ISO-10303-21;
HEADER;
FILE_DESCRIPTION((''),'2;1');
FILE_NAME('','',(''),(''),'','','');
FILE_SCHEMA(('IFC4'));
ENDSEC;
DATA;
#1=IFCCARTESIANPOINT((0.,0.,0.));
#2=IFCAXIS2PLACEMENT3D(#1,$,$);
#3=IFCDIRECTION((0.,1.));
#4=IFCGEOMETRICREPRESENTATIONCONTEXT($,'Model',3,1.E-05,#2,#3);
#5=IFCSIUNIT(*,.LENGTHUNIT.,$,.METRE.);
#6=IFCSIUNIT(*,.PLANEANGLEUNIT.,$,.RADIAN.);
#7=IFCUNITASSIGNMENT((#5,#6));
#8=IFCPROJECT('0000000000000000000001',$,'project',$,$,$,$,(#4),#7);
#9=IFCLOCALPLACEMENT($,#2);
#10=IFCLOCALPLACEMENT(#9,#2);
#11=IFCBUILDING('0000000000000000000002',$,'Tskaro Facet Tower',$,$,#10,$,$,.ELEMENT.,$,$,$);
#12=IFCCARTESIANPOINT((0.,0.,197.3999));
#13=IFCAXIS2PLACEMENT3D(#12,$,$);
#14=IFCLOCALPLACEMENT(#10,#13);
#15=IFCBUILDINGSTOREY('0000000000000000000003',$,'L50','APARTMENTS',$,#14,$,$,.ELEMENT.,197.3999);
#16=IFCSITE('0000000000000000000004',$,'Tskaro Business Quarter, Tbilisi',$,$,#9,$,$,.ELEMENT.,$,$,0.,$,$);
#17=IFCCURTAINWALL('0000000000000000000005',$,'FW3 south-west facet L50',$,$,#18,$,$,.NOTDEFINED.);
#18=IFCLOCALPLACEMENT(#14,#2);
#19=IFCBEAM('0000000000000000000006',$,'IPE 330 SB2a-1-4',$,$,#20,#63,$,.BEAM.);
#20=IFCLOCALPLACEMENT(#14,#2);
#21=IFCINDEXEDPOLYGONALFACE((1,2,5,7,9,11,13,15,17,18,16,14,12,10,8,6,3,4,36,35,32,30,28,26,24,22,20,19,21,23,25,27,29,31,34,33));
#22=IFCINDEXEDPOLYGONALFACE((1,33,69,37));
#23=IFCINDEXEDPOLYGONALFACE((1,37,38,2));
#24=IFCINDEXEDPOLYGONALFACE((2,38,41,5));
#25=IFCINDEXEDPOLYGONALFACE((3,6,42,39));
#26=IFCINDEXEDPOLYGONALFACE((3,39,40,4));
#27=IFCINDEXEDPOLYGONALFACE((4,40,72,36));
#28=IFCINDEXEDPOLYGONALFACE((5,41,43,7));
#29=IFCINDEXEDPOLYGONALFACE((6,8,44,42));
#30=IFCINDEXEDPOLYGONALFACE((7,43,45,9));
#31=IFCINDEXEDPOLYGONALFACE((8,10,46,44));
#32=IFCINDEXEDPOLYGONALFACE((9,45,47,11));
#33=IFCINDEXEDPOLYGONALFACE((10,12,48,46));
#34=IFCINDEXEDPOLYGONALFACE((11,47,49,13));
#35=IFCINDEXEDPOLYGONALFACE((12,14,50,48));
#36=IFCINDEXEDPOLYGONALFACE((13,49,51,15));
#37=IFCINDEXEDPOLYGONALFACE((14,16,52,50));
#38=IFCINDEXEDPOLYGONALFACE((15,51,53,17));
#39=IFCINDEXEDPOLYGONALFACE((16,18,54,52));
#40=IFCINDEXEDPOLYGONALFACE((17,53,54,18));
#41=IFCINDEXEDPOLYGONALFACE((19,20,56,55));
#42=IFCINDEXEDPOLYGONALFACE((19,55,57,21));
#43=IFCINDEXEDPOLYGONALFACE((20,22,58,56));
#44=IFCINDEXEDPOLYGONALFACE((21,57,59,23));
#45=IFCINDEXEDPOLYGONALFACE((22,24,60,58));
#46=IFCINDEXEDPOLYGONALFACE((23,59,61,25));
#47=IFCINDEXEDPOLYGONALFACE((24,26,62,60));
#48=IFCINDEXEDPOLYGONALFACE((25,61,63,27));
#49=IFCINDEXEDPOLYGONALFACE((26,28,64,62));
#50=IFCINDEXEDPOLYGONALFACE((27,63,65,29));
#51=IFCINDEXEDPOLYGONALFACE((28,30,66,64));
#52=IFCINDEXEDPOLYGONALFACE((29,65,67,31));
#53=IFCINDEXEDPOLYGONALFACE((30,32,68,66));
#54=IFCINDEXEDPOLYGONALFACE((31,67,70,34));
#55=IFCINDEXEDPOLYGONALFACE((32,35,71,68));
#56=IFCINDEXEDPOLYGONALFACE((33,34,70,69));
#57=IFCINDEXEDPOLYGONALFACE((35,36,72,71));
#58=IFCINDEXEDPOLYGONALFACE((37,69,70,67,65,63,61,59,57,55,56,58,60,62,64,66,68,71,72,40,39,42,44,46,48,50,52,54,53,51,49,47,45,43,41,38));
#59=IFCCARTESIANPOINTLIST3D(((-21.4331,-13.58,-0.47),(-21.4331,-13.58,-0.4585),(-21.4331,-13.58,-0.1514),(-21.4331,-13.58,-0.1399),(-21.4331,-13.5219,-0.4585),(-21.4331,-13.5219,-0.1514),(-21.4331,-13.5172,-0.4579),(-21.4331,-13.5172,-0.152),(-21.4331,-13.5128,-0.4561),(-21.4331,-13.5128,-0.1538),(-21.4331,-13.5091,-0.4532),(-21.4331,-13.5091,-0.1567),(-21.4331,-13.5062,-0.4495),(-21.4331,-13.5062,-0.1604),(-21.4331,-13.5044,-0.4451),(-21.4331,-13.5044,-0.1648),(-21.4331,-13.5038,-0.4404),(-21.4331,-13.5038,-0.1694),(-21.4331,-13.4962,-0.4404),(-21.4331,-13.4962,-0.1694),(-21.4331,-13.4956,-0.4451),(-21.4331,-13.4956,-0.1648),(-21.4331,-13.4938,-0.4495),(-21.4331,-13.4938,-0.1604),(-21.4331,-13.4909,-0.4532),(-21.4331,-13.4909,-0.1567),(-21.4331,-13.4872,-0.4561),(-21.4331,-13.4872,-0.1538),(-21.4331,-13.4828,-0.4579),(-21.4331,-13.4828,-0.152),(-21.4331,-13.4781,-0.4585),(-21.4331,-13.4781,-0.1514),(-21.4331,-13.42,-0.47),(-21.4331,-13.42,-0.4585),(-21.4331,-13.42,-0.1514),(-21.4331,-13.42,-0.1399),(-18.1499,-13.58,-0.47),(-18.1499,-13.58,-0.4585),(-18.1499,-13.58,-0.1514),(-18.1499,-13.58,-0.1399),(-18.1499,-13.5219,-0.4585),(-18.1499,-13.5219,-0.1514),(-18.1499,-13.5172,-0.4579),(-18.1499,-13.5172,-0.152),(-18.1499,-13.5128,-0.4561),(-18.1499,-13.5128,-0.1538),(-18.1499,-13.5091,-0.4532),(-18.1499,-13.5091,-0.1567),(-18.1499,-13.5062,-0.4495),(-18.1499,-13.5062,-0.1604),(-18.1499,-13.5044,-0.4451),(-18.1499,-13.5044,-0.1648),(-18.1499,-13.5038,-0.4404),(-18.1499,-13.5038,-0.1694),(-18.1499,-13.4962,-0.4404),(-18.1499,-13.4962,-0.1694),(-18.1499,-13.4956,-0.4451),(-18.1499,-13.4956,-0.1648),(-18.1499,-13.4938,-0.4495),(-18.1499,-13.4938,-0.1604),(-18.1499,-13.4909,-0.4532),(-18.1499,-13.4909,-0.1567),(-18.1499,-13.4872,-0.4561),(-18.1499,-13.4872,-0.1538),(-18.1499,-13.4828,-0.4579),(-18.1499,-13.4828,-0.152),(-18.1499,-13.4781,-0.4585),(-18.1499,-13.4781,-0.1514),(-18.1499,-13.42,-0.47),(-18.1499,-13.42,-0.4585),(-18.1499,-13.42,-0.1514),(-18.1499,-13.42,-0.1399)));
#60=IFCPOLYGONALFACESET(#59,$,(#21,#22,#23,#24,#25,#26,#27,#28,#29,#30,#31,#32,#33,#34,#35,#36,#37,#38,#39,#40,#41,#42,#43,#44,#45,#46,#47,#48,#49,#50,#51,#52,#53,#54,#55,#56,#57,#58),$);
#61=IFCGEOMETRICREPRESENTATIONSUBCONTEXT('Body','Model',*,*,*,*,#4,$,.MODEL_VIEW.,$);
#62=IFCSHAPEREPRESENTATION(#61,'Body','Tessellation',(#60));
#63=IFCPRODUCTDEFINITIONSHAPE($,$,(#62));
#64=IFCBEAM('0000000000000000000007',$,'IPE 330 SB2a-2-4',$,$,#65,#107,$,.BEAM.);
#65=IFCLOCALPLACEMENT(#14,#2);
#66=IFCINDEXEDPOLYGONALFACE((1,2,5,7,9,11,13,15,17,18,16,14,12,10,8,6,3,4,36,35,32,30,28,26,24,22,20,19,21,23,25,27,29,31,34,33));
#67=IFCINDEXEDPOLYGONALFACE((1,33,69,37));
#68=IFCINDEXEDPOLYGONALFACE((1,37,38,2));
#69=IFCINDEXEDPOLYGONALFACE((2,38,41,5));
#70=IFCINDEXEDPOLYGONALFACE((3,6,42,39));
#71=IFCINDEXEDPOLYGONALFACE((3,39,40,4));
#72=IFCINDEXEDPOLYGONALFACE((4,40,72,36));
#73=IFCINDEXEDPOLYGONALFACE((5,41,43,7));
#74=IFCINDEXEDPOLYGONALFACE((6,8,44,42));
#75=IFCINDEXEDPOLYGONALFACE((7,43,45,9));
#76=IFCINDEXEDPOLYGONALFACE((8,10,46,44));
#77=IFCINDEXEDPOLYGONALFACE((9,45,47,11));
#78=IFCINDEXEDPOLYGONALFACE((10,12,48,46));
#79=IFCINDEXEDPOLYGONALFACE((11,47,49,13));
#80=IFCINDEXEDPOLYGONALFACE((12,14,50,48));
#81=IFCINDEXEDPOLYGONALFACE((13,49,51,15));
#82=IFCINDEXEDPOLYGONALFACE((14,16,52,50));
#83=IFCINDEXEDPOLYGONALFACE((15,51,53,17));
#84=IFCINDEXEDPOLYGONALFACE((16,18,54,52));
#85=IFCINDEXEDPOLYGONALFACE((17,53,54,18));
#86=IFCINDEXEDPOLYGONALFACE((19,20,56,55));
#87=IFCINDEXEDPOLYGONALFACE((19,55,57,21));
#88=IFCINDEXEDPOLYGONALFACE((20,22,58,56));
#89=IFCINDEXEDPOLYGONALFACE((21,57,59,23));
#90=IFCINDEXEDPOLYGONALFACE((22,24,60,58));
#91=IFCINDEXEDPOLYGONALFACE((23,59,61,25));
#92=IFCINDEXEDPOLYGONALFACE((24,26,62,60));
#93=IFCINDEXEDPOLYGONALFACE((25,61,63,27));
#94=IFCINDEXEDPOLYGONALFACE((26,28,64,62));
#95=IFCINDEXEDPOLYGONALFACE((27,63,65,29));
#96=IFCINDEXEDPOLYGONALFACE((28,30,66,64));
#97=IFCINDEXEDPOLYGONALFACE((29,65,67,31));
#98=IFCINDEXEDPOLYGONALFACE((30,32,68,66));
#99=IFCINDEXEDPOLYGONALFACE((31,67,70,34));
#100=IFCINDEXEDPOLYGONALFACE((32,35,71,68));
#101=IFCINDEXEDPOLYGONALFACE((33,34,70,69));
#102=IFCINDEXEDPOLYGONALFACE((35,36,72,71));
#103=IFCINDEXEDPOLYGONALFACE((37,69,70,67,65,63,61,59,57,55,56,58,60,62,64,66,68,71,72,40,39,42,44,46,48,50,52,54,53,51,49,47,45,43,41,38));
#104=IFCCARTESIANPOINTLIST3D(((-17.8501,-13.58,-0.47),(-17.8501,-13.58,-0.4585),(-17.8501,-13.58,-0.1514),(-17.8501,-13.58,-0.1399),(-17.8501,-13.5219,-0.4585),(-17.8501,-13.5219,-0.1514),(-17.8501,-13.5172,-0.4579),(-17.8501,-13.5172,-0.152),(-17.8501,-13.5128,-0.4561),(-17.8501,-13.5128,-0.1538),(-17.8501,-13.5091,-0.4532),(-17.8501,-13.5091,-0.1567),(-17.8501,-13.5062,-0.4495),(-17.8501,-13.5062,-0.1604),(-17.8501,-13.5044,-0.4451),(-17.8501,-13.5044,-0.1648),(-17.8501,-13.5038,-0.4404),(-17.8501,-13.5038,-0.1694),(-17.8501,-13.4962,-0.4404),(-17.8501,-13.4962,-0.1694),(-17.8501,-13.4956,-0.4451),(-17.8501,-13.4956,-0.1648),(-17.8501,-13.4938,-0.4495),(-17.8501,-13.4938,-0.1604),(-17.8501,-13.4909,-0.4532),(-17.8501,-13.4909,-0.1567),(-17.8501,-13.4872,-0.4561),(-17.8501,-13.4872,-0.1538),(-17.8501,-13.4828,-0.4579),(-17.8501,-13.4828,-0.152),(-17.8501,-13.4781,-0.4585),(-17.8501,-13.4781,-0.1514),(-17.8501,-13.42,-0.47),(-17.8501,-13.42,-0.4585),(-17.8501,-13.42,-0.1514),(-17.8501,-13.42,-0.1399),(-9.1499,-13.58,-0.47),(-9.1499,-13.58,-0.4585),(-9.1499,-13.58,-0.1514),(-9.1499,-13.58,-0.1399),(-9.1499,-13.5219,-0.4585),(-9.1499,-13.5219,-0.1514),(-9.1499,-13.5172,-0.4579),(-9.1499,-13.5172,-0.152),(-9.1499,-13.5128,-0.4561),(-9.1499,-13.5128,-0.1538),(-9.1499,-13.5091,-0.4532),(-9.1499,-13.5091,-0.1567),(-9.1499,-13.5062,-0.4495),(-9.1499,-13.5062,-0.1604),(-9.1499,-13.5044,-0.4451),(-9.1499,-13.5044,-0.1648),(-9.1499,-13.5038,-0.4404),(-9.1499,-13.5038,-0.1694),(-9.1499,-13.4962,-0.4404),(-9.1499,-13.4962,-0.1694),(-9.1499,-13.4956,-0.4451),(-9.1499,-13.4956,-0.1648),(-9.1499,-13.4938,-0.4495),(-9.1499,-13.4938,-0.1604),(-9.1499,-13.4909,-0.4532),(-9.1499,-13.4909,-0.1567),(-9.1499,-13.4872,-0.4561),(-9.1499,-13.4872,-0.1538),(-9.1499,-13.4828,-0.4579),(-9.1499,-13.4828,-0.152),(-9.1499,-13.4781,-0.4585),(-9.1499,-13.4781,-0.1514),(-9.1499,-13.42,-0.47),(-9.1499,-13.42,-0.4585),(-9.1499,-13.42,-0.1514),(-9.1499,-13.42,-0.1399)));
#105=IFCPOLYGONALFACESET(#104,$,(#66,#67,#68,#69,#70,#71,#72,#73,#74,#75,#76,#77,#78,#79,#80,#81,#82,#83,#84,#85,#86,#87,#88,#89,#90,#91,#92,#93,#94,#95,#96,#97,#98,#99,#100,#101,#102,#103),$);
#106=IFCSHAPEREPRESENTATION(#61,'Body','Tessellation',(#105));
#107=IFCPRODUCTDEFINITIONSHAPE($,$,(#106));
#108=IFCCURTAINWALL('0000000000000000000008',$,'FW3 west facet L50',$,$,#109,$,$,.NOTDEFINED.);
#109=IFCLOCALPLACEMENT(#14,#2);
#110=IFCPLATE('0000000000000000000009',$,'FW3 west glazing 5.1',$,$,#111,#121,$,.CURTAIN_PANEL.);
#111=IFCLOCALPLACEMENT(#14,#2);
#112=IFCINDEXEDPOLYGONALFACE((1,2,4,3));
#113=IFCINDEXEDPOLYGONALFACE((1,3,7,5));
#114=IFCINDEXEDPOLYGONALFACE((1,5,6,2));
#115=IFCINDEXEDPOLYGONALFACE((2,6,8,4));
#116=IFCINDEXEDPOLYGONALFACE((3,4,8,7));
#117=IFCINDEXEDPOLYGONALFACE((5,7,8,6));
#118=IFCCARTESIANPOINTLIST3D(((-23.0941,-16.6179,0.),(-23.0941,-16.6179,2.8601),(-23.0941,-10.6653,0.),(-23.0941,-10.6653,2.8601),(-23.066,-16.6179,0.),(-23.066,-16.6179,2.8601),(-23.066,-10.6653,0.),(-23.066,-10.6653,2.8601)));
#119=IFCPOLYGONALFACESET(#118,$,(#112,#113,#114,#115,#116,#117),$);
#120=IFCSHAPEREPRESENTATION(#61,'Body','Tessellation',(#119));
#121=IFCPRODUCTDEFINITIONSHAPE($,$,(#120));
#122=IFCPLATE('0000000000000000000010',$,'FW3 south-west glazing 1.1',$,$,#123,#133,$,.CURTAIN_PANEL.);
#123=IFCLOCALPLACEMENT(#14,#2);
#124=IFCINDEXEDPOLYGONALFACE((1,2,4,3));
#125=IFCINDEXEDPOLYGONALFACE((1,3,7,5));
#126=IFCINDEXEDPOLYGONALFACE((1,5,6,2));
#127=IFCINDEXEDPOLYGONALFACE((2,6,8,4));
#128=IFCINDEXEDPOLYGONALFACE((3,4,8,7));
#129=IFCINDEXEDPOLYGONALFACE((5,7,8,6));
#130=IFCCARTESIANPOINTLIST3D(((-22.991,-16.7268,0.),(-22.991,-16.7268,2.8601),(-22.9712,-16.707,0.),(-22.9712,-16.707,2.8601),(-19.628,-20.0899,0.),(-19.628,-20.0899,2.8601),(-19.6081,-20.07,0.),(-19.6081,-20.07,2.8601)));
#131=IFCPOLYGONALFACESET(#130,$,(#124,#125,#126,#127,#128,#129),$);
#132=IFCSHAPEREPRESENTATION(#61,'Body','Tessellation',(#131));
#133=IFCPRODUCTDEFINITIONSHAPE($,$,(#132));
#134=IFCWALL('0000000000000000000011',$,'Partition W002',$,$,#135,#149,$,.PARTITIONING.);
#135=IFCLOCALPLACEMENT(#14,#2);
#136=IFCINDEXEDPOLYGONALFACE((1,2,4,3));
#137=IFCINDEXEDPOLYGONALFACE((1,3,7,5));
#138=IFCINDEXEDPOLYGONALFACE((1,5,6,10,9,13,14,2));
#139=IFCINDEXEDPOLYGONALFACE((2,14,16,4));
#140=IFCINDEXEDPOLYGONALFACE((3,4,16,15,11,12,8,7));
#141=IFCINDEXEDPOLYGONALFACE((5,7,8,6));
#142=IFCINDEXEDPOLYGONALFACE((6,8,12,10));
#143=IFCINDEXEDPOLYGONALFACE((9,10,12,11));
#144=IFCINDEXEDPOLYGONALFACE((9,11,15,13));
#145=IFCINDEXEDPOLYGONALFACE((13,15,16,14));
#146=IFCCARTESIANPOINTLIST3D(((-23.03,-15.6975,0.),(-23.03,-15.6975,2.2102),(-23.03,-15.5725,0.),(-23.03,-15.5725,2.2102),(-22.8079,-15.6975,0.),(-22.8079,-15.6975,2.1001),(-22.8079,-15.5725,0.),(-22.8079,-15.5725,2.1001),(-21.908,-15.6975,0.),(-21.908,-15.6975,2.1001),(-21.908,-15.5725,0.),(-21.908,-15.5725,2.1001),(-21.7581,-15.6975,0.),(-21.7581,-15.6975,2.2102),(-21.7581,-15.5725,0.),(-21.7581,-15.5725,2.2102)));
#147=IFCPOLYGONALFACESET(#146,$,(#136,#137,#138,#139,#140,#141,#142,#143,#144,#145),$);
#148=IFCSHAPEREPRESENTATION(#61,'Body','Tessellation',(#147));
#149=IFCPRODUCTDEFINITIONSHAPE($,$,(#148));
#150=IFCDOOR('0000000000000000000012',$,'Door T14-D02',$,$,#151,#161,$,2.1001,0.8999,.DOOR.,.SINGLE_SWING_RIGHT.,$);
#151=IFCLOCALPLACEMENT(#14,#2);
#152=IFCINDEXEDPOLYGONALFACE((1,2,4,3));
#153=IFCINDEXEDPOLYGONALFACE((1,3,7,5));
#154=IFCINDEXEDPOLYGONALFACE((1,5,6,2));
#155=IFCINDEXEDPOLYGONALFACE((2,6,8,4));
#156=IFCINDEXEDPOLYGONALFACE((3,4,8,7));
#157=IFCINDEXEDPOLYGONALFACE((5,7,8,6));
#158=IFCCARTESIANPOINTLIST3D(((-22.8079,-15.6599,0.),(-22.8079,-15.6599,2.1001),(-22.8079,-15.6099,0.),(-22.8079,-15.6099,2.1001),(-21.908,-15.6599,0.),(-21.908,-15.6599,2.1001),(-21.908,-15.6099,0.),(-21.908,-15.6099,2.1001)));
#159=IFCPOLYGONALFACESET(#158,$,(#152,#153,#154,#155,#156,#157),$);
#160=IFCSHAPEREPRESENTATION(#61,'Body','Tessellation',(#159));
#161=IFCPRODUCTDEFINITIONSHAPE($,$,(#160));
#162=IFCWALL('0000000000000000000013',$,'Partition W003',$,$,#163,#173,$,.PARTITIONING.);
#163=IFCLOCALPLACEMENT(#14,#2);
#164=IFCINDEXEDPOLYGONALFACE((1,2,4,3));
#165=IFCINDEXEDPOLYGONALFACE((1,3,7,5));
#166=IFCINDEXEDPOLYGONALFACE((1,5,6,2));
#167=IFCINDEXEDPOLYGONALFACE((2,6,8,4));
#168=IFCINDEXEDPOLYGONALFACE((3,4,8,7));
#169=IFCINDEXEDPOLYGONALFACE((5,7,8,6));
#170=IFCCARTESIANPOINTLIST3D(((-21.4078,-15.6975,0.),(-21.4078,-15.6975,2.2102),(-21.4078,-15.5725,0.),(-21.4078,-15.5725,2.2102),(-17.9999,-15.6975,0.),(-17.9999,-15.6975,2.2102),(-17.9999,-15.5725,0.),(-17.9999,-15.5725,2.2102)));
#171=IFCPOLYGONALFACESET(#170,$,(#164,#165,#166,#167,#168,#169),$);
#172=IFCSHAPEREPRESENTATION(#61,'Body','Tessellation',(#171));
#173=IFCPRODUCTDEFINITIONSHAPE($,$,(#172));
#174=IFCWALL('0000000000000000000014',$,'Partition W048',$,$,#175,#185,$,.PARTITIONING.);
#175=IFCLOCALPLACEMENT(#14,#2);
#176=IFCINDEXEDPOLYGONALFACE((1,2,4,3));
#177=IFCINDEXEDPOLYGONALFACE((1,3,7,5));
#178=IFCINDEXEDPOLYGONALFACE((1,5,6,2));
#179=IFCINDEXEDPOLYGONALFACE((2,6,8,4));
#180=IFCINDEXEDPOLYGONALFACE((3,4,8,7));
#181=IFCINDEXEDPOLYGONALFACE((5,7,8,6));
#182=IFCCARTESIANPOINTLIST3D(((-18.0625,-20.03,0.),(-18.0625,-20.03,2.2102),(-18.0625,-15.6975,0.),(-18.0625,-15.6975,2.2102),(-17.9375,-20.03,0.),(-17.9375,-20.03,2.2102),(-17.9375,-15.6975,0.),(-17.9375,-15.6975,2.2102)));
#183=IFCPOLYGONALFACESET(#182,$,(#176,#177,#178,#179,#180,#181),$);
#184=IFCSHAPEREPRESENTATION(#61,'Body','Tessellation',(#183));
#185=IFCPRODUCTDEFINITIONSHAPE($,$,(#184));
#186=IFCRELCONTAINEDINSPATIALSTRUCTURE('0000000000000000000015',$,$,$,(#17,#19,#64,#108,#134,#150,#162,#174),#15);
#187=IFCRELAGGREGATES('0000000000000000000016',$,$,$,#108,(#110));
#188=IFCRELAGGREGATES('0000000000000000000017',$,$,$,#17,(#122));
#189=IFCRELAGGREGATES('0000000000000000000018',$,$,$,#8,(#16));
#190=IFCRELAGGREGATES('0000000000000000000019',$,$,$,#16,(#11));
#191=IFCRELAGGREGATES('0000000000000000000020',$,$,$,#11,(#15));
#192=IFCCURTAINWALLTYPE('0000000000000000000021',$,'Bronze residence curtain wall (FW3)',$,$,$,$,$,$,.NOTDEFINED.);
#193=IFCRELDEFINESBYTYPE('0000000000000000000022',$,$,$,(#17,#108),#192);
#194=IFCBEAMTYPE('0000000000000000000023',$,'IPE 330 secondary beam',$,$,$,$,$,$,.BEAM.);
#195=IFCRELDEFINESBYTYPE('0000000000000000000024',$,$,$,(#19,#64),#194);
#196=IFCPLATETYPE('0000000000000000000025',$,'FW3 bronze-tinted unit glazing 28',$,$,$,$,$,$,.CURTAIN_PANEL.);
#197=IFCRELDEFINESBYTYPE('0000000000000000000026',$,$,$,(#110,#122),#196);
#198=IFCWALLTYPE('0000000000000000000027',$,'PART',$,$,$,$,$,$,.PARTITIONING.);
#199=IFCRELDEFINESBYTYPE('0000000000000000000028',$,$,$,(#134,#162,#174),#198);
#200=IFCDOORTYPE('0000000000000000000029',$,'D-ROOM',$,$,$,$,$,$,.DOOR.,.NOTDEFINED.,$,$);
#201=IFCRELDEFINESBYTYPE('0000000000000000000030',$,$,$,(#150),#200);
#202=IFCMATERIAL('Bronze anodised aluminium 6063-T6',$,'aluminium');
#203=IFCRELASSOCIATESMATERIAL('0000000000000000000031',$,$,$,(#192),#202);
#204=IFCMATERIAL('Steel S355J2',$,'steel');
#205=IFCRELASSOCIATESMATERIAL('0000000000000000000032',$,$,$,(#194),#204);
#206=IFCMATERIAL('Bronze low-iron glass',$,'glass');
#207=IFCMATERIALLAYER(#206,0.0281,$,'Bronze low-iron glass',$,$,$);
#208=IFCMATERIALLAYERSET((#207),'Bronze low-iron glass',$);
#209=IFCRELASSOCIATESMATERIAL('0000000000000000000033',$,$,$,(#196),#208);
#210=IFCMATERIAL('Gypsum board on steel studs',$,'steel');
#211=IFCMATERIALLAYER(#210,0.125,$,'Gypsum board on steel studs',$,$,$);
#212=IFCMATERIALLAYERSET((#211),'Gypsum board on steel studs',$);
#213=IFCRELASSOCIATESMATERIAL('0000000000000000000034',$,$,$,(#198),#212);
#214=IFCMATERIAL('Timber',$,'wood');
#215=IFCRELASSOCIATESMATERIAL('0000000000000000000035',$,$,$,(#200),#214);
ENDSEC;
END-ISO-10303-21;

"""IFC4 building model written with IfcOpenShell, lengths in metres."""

from ifc_helpers import new_model, si_unit, direction, frame, frame_2d, origin, origin_2d, place, context, subcontext, project, spatial, rectangle, i_section, extrude, material, layer, layer_set, material_profile, profile_set, type_object, element, fill, aggregate, save


model = new_model("IFC4")

# Units and contexts
model_context = context("Model", 3, precision=1e-05, world=origin(), true_north=direction((0.0, 1.0)))
body_context = subcontext(model_context, "Body", "Model", "MODEL_VIEW")
ifc_project = project(units=[si_unit("LENGTHUNIT", "METRE"), si_unit("PLANEANGLEUNIT", "RADIAN")], contexts=[model_context])

# Site, building, storey
site_placement = place(None, origin())
site = spatial("IfcSite", under=ifc_project, at=site_placement, Name="Tskaro Business Quarter, Tbilisi", CompositionType="ELEMENT", RefElevation=0.0)
building_placement = place(site_placement, origin())
building = spatial("IfcBuilding", under=site, at=building_placement, Name="Tskaro Facet Tower", CompositionType="ELEMENT")
storey_placement = place(building_placement, frame((0.0, 0.0, 197.3999)))
storey = spatial("IfcBuildingStorey", under=building, at=storey_placement, Name="L50", Description="APARTMENTS", CompositionType="ELEMENT", Elevation=197.3999)

# Curtain wall
ifc_material_1 = material(Name="Bronze anodised aluminium 6063-T6", Category="aluminium")
curtain_wall_type = type_object("IfcCurtainWallType", Name="Bronze residence curtain wall (FW3)", PredefinedType="NOTDEFINED", material=ifc_material_1)
curtain_wall_1_placement = place(storey_placement, origin())
curtain_wall_1 = element("IfcCurtainWall", 1, at=curtain_wall_1_placement, inside=storey, type_object=curtain_wall_type, Name="FW3 south-west facet L50", PredefinedType="NOTDEFINED")

# Beams
ifc_material_2 = material(Name="Steel S355J2", Category="steel")
ifc_material_profile_1 = material_profile(ifc_material_2, i_section(OverallWidth=0.1599, OverallDepth=0.3301, WebThickness=0.0076, FlangeThickness=0.0115, FilletRadius=0.0181, at=origin_2d()), Name="IPE 330")
ifc_profile_set_1 = profile_set([ifc_material_profile_1], Name="Steel S355J2")
beam_type_1 = type_object("IfcBeamType", Name="IPE 330 secondary beam", PredefinedType="BEAM", material=ifc_profile_set_1)
beam_1_placement = place(storey_placement, frame((-21.4331, -13.5, -0.3049), z_axis=(1.0, 0.0, 0.0), x_axis=(0.0, 1.0, 0.0)))
element("IfcBeam", 2, at=beam_1_placement, inside=storey, type_object=beam_type_1, Name="IPE 330 SB2a-1-4", PredefinedType="BEAM", context=body_context, shape_type="SweptSolid", body=[
    extrude(i_section(OverallWidth=0.1599, OverallDepth=0.3301, WebThickness=0.0076, FlangeThickness=0.0115, FilletRadius=0.0181, at=origin_2d()), origin(), (0.0, 0.0, 1.0), 3.2832),
])
beam_2_placement = place(storey_placement, frame((-17.8501, -13.5, -0.3049), z_axis=(1.0, 0.0, 0.0), x_axis=(0.0, 1.0, 0.0)))
element("IfcBeam", 3, at=beam_2_placement, inside=storey, type_object=beam_type_1, Name="IPE 330 SB2a-2-4", PredefinedType="BEAM", context=body_context, shape_type="SweptSolid", body=[
    extrude(i_section(OverallWidth=0.1599, OverallDepth=0.3301, WebThickness=0.0076, FlangeThickness=0.0115, FilletRadius=0.0181, at=origin_2d()), origin(), (0.0, 0.0, 1.0), 8.7002),
])

# Curtain wall, plate
curtain_wall_2_placement = place(storey_placement, origin())
curtain_wall_2 = element("IfcCurtainWall", 4, at=curtain_wall_2_placement, inside=storey, type_object=curtain_wall_type, Name="FW3 west facet L50", PredefinedType="NOTDEFINED")
ifc_material_3 = material(Name="Bronze low-iron glass", Category="glass")
ifc_layer_1 = layer(ifc_material_3, 0.0281, Name="Bronze low-iron glass")
ifc_layer_set_1 = layer_set([ifc_layer_1], Name="Bronze low-iron glass")
plate_type = type_object("IfcPlateType", Name="FW3 bronze-tinted unit glazing 28", PredefinedType="CURTAIN_PANEL", material=ifc_layer_set_1)
plate_1_placement = place(storey_placement, frame((-23.0801, -13.6416, 0.0), z_axis=(0.0, 0.0, 1.0), x_axis=(0.0, -1.0, 0.0)))
plate_1 = element("IfcPlate", 5, at=plate_1_placement, type_object=plate_type, Name="FW3 west glazing 5.1", PredefinedType="CURTAIN_PANEL", context=body_context, shape_type="SweptSolid", body=[
    extrude(rectangle(XDim=5.9526, YDim=0.0281, at=origin_2d()), origin(), (0.0, 0.0, 1.0), 2.8601),
])
aggregate(curtain_wall_2, [plate_1])

# Plate
plate_2_placement = place(storey_placement, frame((-21.2996, -18.3984, 0.0), z_axis=(0.0, 0.0, 1.0), x_axis=(0.707107, -0.707107, 0.0)))
plate_2 = element("IfcPlate", 6, at=plate_2_placement, type_object=plate_type, Name="FW3 south-west glazing 1.1", PredefinedType="CURTAIN_PANEL", context=body_context, shape_type="SweptSolid", body=[
    extrude(rectangle(XDim=4.7561, YDim=0.0281, at=origin_2d()), origin(), (0.0, 0.0, 1.0), 2.8601),
])
aggregate(curtain_wall_1, [plate_2])

# Wall, opening, door
ifc_material_4 = material(Name="Gypsum board on steel studs", Category="steel")
ifc_layer_2 = layer(ifc_material_4, 0.125, Name="Gypsum board on steel studs")
ifc_layer_set_2 = layer_set([ifc_layer_2], Name="Gypsum board on steel studs")
wall_type = type_object("IfcWallType", Name="PART", PredefinedType="PARTITIONING", material=ifc_layer_set_2)
wall_1_placement = place(storey_placement, frame((-21.7581, -15.635, 0.0), z_axis=(0.0, 0.0, 1.0), x_axis=(-1.0, 0.0, 0.0)))
wall_1 = element("IfcWall", 7, at=wall_1_placement, inside=storey, type_object=wall_type, Name="Partition W002", PredefinedType="PARTITIONING", context=body_context, shape_type="SweptSolid", body=[
    extrude(rectangle(XDim=1.272, YDim=0.125, at=frame_2d((0.636, 0.0))), origin(), (0.0, 0.0, 1.0), 2.2102),
])
opening_placement = place(wall_1_placement, frame((0.1499, 0.0, 0.0)))
opening = element("IfcOpeningElement", 8, at=opening_placement, cuts=wall_1, PredefinedType="OPENING", context=body_context, shape_type="SweptSolid", body=[
    extrude(rectangle(XDim=0.8999, YDim=2.1001, at=frame_2d((0.45, 1.05))), frame((0.0, 0.0725, 0.0), z_axis=(0.0, -1.0, 0.0), x_axis=(1.0, 0.0, 0.0)), (0.0, 0.0, 1.0), 0.145),
])
ifc_material_5 = material(Name="Timber", Category="wood")
door_type = type_object("IfcDoorType", Name="D-ROOM", OperationType="NOTDEFINED", PredefinedType="DOOR", material=ifc_material_5)
door_placement = place(opening_placement, origin())
door = element("IfcDoor", 9, at=door_placement, inside=storey, type_object=door_type, Name="Door T14-D02", OperationType="SINGLE_SWING_RIGHT", OverallHeight=2.1001, OverallWidth=0.8999, PredefinedType="DOOR", context=body_context, shape_type="SweptSolid", body=[
    extrude(rectangle(XDim=0.8999, YDim=2.1001, at=frame_2d((0.45, 1.05))), frame((0.0, 0.0249, 0.0), z_axis=(0.0, -1.0, 0.0), x_axis=(1.0, 0.0, 0.0)), (0.0, 0.0, 1.0), 0.05),
])
fill(opening, door)

# Walls
wall_2_placement = place(storey_placement, frame((-21.408, -15.635, 0.0), z_axis=(0.0, 0.0, 1.0), x_axis=(1.0, 0.0, 0.0)))
element("IfcWall", 10, at=wall_2_placement, inside=storey, type_object=wall_type, Name="Partition W003", PredefinedType="PARTITIONING", context=body_context, shape_type="SweptSolid", body=[
    extrude(rectangle(XDim=3.408, YDim=0.125, at=frame_2d((1.7041, 0.0))), origin(), (0.0, 0.0, 1.0), 2.2102),
])
wall_3_placement = place(storey_placement, frame((-18.0, -20.03, 0.0), z_axis=(0.0, 0.0, 1.0), x_axis=(0.0, 1.0, 0.0)))
element("IfcWall", 11, at=wall_3_placement, inside=storey, type_object=wall_type, Name="Partition W048", PredefinedType="PARTITIONING", context=body_context, shape_type="SweptSolid", body=[
    extrude(rectangle(XDim=4.3325, YDim=0.125, at=frame_2d((2.1663, 0.0))), origin(), (0.0, 0.0, 1.0), 2.2102),
])

save(model, "model.ifc")
